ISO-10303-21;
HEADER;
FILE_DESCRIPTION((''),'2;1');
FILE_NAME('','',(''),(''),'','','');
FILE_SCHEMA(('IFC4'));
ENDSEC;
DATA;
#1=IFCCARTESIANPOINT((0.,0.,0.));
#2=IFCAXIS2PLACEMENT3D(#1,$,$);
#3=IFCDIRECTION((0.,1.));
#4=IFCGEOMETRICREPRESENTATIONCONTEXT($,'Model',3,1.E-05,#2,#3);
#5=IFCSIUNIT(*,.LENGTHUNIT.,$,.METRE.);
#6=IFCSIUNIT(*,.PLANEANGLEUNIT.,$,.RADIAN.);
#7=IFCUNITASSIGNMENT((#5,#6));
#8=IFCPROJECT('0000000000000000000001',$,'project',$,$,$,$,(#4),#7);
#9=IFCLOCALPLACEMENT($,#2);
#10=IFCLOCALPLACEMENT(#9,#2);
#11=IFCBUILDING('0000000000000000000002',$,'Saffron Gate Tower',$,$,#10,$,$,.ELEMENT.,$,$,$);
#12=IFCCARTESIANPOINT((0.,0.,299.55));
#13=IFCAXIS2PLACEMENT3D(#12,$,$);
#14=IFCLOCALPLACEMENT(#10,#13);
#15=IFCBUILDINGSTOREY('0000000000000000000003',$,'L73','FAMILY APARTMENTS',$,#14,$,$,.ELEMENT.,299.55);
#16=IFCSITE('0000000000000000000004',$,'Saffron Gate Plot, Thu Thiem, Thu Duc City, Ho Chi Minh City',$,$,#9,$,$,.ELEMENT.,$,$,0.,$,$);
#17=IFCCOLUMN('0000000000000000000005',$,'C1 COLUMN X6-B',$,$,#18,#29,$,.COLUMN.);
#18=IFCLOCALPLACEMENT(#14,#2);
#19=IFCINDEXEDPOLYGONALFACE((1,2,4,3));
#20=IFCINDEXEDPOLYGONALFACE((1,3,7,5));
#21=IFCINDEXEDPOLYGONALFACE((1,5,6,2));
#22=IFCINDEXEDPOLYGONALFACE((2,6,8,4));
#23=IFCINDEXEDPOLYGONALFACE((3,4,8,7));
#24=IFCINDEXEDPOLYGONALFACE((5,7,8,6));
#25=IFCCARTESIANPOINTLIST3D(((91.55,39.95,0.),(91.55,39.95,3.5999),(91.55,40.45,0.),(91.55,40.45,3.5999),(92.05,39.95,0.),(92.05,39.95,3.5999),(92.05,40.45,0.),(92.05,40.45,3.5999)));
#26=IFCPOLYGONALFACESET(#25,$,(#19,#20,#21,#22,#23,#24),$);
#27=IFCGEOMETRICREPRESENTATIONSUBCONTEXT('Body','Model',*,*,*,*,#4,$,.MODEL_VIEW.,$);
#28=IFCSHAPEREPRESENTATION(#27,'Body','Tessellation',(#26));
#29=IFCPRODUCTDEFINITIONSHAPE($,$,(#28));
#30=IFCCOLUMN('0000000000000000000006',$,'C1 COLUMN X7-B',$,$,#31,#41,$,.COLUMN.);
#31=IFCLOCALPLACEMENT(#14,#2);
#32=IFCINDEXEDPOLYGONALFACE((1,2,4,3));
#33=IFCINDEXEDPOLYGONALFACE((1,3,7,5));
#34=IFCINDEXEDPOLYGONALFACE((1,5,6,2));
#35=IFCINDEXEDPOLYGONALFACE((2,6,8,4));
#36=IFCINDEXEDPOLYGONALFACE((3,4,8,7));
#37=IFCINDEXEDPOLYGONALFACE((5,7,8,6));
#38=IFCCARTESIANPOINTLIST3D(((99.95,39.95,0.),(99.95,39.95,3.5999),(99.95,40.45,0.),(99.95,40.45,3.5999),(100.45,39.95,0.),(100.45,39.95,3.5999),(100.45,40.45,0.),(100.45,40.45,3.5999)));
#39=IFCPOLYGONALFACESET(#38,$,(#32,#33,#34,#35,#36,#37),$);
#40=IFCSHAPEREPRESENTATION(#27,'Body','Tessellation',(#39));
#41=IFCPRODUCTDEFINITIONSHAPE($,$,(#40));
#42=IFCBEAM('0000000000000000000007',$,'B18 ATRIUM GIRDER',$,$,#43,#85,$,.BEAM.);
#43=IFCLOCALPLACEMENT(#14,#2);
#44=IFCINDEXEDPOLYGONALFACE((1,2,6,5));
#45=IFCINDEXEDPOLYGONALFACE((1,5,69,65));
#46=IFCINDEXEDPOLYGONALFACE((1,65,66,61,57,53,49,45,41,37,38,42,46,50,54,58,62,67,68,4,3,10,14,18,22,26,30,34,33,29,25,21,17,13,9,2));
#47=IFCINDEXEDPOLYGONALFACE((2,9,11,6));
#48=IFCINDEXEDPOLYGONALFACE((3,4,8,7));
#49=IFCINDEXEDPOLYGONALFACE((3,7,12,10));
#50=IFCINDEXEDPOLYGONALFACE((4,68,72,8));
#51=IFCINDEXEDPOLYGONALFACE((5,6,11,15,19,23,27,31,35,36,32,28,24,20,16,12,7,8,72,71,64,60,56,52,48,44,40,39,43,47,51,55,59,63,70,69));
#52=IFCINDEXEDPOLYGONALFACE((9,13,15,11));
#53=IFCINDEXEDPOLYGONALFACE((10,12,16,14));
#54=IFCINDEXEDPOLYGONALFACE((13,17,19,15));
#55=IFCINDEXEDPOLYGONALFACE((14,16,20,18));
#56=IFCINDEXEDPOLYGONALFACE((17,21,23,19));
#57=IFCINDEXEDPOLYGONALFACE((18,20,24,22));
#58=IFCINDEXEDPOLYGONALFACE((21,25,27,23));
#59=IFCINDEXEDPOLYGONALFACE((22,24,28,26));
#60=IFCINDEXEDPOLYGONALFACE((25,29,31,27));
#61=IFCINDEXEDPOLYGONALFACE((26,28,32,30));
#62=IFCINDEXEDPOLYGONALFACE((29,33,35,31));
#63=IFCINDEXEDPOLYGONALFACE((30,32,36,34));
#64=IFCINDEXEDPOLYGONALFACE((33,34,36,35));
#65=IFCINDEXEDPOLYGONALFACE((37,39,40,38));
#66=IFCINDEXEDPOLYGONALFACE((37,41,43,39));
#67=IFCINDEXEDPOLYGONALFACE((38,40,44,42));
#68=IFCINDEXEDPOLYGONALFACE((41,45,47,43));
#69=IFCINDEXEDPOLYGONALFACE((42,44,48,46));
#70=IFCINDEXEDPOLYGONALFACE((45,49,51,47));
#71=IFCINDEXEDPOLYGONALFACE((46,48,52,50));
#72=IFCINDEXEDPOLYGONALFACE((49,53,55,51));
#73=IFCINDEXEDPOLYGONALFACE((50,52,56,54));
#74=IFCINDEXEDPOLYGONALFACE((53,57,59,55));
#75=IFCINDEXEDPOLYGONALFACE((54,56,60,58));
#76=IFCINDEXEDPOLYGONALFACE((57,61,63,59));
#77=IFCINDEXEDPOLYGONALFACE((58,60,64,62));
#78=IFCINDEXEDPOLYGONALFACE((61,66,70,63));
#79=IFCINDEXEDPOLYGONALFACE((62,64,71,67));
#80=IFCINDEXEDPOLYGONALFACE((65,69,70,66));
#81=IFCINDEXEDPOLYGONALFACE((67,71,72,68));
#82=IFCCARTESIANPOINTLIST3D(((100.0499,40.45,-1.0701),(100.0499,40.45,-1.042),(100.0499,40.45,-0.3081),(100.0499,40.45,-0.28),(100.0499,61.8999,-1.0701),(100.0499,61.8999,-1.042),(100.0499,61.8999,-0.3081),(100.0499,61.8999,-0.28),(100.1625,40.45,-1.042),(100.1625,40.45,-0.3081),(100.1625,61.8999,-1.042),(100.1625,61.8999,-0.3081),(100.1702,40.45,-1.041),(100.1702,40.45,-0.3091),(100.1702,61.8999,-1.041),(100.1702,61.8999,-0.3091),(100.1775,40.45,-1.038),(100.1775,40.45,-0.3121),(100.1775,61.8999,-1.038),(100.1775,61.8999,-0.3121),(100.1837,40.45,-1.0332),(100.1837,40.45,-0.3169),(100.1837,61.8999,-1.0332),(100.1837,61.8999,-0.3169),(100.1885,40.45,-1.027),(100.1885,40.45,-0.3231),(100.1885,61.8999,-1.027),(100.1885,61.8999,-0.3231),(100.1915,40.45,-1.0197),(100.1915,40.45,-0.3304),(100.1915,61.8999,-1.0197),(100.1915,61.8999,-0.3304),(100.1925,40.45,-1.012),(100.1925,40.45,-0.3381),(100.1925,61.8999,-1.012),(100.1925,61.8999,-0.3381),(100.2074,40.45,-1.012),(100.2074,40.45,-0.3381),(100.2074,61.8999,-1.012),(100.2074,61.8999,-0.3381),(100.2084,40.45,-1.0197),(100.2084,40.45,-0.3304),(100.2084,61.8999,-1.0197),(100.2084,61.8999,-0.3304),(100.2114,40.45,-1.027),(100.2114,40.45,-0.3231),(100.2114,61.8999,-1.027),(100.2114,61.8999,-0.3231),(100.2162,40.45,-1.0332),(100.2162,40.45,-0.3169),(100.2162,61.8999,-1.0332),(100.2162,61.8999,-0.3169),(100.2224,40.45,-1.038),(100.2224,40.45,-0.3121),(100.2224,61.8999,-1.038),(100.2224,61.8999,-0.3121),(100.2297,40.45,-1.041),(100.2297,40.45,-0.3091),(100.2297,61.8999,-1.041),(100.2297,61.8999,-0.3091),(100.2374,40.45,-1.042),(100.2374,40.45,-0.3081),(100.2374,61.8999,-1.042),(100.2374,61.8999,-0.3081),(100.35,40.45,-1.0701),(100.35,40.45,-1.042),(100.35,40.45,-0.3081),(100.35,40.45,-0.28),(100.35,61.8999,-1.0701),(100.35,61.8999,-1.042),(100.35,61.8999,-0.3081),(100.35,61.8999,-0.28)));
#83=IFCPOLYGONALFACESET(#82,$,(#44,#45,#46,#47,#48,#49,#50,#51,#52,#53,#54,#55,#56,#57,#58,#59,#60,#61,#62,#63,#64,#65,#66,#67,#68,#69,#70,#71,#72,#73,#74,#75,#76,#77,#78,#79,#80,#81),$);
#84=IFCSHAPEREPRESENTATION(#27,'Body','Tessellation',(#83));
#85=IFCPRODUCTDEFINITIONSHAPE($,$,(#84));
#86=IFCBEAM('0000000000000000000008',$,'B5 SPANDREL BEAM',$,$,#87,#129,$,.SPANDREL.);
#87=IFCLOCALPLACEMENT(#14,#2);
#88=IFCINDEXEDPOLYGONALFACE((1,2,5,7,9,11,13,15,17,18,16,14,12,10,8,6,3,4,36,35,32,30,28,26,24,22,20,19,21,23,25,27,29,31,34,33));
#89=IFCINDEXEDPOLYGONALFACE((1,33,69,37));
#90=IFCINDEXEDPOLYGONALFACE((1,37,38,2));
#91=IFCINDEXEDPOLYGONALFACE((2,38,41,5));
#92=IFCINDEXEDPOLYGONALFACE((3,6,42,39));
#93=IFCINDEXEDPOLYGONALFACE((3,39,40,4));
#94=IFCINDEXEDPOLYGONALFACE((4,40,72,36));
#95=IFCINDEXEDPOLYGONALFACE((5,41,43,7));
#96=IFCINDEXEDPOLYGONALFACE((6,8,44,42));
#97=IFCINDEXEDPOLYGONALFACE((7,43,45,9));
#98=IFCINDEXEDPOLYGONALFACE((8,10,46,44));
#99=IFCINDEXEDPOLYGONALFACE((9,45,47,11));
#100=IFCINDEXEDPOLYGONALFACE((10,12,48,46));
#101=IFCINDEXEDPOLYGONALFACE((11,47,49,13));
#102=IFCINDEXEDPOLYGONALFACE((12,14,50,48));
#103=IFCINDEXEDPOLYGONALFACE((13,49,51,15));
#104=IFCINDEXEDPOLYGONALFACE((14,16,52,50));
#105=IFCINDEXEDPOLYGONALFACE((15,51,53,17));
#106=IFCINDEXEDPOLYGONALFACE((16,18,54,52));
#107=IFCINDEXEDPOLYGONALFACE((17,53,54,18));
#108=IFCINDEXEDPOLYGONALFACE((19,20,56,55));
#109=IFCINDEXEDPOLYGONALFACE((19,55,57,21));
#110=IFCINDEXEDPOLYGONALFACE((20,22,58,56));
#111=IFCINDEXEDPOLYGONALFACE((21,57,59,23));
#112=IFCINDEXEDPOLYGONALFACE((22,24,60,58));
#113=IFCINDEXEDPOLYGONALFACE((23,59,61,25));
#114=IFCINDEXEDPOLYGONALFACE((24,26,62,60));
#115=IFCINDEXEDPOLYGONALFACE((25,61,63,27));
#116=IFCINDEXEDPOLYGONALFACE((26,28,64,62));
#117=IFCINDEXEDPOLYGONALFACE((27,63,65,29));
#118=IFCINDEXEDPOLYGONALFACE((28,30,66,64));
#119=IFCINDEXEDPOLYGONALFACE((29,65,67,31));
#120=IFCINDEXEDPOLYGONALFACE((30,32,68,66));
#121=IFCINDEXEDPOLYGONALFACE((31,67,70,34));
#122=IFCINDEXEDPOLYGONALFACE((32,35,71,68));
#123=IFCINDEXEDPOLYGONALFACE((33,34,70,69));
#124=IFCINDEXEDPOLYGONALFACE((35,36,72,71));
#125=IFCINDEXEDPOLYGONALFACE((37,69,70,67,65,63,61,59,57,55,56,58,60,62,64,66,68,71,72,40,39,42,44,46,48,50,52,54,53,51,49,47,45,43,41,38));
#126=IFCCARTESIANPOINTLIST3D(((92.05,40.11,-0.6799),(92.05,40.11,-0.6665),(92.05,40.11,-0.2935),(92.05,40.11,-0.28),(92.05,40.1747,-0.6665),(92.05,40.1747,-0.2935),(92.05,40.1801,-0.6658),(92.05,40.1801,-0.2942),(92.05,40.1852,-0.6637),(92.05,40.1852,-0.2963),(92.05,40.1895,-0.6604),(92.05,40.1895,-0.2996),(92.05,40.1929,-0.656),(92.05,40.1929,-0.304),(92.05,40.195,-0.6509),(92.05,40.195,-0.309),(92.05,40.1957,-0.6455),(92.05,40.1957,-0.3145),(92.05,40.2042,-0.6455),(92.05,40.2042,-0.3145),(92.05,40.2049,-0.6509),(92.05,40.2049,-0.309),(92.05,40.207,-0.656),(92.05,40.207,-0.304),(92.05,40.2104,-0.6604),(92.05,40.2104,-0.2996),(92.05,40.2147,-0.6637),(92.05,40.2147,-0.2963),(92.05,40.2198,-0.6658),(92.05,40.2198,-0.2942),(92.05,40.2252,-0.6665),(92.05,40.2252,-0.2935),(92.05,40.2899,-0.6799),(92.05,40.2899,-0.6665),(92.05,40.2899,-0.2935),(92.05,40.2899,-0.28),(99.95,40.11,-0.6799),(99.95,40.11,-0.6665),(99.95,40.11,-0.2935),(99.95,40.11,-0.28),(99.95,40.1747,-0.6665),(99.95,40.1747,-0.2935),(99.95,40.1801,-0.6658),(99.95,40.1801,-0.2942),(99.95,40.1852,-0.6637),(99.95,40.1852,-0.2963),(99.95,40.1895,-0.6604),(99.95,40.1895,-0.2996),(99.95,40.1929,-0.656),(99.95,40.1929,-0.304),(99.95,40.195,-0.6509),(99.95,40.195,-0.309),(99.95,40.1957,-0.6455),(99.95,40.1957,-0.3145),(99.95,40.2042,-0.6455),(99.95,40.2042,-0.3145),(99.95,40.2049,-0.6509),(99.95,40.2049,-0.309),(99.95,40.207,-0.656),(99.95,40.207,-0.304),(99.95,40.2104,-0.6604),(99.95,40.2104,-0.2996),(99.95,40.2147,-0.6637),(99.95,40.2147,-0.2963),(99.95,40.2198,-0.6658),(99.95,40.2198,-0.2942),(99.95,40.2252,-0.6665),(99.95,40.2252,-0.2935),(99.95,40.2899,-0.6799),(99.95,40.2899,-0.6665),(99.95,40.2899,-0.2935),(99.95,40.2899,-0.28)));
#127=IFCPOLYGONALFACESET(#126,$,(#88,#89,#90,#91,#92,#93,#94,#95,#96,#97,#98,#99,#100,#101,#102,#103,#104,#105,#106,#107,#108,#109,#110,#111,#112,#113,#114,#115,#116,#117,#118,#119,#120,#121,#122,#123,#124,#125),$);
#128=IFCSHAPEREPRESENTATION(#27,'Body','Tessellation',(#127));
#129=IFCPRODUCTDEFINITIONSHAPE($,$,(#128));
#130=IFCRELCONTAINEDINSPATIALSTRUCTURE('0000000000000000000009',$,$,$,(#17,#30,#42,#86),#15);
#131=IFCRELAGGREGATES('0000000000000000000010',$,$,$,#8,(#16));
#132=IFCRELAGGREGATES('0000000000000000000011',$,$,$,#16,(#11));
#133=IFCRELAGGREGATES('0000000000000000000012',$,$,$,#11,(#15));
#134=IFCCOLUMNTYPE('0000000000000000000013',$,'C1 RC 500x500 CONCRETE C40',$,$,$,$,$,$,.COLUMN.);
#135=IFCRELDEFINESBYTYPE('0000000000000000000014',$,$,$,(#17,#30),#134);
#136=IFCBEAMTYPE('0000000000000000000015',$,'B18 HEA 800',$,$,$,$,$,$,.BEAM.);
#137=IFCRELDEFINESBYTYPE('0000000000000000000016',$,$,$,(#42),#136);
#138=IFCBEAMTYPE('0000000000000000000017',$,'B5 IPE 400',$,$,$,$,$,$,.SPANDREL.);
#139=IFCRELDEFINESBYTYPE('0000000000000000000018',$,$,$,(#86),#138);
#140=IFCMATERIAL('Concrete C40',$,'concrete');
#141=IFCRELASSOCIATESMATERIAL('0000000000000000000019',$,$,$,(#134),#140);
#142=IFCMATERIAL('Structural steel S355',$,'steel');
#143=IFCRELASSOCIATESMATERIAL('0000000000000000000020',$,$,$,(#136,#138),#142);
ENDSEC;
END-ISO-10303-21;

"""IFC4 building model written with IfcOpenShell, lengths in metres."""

from ifc_helpers import new_model, si_unit, direction, frame, origin, origin_2d, place, context, subcontext, project, spatial, rectangle, i_section, extrude, material, material_profile, profile_set, type_object, element, save


model = new_model("IFC4")

# Units and contexts
model_context = context("Model", 3, precision=1e-05, world=origin(), true_north=direction((0.0, 1.0)))
body_context = subcontext(model_context, "Body", "Model", "MODEL_VIEW")
ifc_project = project(units=[si_unit("LENGTHUNIT", "METRE"), si_unit("PLANEANGLEUNIT", "RADIAN")], contexts=[model_context])

# Site, building, storey
site_placement = place(None, origin())
site = spatial("IfcSite", under=ifc_project, at=site_placement, Name="Saffron Gate Plot, Thu Thiem, Thu Duc City, Ho Chi Minh City", CompositionType="ELEMENT", RefElevation=0.0)
building_placement = place(site_placement, origin())
building = spatial("IfcBuilding", under=site, at=building_placement, Name="Saffron Gate Tower", CompositionType="ELEMENT")
storey_placement = place(building_placement, frame((0.0, 0.0, 299.55)))
storey = spatial("IfcBuildingStorey", under=building, at=storey_placement, Name="L73", Description="FAMILY APARTMENTS", CompositionType="ELEMENT", Elevation=299.55)

# Columns
ifc_material_1 = material(Name="Concrete C40", Category="concrete")
ifc_material_profile_1 = material_profile(ifc_material_1, rectangle(XDim=0.5, YDim=0.5, at=origin_2d()))
ifc_profile_set_1 = profile_set([ifc_material_profile_1], Name="Concrete C40")
column_type = type_object("IfcColumnType", Name="C1 RC 500x500 CONCRETE C40", PredefinedType="COLUMN", material=ifc_profile_set_1)
for number, where, z_axis, x_axis, name in (
    (1, (91.8, 40.2, 0.0), (0.0, 0.0, 1.0), (1.0, 0.0, 0.0), "C1 COLUMN X6-B"),
    (2, (100.2, 40.2, 0.0), (0.0, 0.0, 1.0), (1.0, 0.0, 0.0), "C1 COLUMN X7-B"),
):
    element("IfcColumn", number, at=place(storey_placement, frame(where, z_axis=z_axis, x_axis=x_axis)), inside=storey, type_object=column_type, Name=name, PredefinedType="COLUMN", context=body_context, shape_type="SweptSolid", body=[
        extrude(rectangle(XDim=0.5, YDim=0.5, at=origin_2d()), origin(), (0.0, 0.0, 1.0), 3.5999),
    ])

# Beams
ifc_material_2 = material(Name="Structural steel S355", Category="steel")
ifc_material_profile_2 = material_profile(ifc_material_2, i_section(OverallWidth=0.3, OverallDepth=0.79, WebThickness=0.0149, FlangeThickness=0.0281, FilletRadius=0.03, at=origin_2d()))
ifc_profile_set_2 = profile_set([ifc_material_profile_2], Name="Structural steel S355")
beam_type_1 = type_object("IfcBeamType", Name="B18 HEA 800", PredefinedType="BEAM", material=ifc_profile_set_2)
beam_1_placement = place(storey_placement, frame((100.2, 40.45, -0.675), z_axis=(0.0, 1.0, 0.0), x_axis=(-1.0, 0.0, 0.0)))
element("IfcBeam", 3, at=beam_1_placement, inside=storey, type_object=beam_type_1, Name="B18 ATRIUM GIRDER", PredefinedType="BEAM", context=body_context, shape_type="SweptSolid", body=[
    extrude(i_section(OverallWidth=0.3, OverallDepth=0.79, WebThickness=0.0149, FlangeThickness=0.0281, FilletRadius=0.03, at=origin_2d()), origin(), (0.0, 0.0, 1.0), 21.45),
])
ifc_material_profile_3 = material_profile(ifc_material_2, i_section(OverallWidth=0.1799, OverallDepth=0.3999, WebThickness=0.0085, FlangeThickness=0.0134, FilletRadius=0.021, at=origin_2d()))
ifc_profile_set_3 = profile_set([ifc_material_profile_3], Name="Structural steel S355")
beam_type_2 = type_object("IfcBeamType", Name="B5 IPE 400", PredefinedType="SPANDREL", material=ifc_profile_set_3)
beam_2_placement = place(storey_placement, frame((92.05, 40.2, -0.48), z_axis=(1.0, 0.0, 0.0), x_axis=(0.0, 1.0, 0.0)))
element("IfcBeam", 4, at=beam_2_placement, inside=storey, type_object=beam_type_2, Name="B5 SPANDREL BEAM", PredefinedType="SPANDREL", context=body_context, shape_type="SweptSolid", body=[
    extrude(i_section(OverallWidth=0.1799, OverallDepth=0.3999, WebThickness=0.0085, FlangeThickness=0.0134, FilletRadius=0.021, at=origin_2d()), origin(), (0.0, 0.0, 1.0), 7.8999),
])

save(model, "model.ifc")
